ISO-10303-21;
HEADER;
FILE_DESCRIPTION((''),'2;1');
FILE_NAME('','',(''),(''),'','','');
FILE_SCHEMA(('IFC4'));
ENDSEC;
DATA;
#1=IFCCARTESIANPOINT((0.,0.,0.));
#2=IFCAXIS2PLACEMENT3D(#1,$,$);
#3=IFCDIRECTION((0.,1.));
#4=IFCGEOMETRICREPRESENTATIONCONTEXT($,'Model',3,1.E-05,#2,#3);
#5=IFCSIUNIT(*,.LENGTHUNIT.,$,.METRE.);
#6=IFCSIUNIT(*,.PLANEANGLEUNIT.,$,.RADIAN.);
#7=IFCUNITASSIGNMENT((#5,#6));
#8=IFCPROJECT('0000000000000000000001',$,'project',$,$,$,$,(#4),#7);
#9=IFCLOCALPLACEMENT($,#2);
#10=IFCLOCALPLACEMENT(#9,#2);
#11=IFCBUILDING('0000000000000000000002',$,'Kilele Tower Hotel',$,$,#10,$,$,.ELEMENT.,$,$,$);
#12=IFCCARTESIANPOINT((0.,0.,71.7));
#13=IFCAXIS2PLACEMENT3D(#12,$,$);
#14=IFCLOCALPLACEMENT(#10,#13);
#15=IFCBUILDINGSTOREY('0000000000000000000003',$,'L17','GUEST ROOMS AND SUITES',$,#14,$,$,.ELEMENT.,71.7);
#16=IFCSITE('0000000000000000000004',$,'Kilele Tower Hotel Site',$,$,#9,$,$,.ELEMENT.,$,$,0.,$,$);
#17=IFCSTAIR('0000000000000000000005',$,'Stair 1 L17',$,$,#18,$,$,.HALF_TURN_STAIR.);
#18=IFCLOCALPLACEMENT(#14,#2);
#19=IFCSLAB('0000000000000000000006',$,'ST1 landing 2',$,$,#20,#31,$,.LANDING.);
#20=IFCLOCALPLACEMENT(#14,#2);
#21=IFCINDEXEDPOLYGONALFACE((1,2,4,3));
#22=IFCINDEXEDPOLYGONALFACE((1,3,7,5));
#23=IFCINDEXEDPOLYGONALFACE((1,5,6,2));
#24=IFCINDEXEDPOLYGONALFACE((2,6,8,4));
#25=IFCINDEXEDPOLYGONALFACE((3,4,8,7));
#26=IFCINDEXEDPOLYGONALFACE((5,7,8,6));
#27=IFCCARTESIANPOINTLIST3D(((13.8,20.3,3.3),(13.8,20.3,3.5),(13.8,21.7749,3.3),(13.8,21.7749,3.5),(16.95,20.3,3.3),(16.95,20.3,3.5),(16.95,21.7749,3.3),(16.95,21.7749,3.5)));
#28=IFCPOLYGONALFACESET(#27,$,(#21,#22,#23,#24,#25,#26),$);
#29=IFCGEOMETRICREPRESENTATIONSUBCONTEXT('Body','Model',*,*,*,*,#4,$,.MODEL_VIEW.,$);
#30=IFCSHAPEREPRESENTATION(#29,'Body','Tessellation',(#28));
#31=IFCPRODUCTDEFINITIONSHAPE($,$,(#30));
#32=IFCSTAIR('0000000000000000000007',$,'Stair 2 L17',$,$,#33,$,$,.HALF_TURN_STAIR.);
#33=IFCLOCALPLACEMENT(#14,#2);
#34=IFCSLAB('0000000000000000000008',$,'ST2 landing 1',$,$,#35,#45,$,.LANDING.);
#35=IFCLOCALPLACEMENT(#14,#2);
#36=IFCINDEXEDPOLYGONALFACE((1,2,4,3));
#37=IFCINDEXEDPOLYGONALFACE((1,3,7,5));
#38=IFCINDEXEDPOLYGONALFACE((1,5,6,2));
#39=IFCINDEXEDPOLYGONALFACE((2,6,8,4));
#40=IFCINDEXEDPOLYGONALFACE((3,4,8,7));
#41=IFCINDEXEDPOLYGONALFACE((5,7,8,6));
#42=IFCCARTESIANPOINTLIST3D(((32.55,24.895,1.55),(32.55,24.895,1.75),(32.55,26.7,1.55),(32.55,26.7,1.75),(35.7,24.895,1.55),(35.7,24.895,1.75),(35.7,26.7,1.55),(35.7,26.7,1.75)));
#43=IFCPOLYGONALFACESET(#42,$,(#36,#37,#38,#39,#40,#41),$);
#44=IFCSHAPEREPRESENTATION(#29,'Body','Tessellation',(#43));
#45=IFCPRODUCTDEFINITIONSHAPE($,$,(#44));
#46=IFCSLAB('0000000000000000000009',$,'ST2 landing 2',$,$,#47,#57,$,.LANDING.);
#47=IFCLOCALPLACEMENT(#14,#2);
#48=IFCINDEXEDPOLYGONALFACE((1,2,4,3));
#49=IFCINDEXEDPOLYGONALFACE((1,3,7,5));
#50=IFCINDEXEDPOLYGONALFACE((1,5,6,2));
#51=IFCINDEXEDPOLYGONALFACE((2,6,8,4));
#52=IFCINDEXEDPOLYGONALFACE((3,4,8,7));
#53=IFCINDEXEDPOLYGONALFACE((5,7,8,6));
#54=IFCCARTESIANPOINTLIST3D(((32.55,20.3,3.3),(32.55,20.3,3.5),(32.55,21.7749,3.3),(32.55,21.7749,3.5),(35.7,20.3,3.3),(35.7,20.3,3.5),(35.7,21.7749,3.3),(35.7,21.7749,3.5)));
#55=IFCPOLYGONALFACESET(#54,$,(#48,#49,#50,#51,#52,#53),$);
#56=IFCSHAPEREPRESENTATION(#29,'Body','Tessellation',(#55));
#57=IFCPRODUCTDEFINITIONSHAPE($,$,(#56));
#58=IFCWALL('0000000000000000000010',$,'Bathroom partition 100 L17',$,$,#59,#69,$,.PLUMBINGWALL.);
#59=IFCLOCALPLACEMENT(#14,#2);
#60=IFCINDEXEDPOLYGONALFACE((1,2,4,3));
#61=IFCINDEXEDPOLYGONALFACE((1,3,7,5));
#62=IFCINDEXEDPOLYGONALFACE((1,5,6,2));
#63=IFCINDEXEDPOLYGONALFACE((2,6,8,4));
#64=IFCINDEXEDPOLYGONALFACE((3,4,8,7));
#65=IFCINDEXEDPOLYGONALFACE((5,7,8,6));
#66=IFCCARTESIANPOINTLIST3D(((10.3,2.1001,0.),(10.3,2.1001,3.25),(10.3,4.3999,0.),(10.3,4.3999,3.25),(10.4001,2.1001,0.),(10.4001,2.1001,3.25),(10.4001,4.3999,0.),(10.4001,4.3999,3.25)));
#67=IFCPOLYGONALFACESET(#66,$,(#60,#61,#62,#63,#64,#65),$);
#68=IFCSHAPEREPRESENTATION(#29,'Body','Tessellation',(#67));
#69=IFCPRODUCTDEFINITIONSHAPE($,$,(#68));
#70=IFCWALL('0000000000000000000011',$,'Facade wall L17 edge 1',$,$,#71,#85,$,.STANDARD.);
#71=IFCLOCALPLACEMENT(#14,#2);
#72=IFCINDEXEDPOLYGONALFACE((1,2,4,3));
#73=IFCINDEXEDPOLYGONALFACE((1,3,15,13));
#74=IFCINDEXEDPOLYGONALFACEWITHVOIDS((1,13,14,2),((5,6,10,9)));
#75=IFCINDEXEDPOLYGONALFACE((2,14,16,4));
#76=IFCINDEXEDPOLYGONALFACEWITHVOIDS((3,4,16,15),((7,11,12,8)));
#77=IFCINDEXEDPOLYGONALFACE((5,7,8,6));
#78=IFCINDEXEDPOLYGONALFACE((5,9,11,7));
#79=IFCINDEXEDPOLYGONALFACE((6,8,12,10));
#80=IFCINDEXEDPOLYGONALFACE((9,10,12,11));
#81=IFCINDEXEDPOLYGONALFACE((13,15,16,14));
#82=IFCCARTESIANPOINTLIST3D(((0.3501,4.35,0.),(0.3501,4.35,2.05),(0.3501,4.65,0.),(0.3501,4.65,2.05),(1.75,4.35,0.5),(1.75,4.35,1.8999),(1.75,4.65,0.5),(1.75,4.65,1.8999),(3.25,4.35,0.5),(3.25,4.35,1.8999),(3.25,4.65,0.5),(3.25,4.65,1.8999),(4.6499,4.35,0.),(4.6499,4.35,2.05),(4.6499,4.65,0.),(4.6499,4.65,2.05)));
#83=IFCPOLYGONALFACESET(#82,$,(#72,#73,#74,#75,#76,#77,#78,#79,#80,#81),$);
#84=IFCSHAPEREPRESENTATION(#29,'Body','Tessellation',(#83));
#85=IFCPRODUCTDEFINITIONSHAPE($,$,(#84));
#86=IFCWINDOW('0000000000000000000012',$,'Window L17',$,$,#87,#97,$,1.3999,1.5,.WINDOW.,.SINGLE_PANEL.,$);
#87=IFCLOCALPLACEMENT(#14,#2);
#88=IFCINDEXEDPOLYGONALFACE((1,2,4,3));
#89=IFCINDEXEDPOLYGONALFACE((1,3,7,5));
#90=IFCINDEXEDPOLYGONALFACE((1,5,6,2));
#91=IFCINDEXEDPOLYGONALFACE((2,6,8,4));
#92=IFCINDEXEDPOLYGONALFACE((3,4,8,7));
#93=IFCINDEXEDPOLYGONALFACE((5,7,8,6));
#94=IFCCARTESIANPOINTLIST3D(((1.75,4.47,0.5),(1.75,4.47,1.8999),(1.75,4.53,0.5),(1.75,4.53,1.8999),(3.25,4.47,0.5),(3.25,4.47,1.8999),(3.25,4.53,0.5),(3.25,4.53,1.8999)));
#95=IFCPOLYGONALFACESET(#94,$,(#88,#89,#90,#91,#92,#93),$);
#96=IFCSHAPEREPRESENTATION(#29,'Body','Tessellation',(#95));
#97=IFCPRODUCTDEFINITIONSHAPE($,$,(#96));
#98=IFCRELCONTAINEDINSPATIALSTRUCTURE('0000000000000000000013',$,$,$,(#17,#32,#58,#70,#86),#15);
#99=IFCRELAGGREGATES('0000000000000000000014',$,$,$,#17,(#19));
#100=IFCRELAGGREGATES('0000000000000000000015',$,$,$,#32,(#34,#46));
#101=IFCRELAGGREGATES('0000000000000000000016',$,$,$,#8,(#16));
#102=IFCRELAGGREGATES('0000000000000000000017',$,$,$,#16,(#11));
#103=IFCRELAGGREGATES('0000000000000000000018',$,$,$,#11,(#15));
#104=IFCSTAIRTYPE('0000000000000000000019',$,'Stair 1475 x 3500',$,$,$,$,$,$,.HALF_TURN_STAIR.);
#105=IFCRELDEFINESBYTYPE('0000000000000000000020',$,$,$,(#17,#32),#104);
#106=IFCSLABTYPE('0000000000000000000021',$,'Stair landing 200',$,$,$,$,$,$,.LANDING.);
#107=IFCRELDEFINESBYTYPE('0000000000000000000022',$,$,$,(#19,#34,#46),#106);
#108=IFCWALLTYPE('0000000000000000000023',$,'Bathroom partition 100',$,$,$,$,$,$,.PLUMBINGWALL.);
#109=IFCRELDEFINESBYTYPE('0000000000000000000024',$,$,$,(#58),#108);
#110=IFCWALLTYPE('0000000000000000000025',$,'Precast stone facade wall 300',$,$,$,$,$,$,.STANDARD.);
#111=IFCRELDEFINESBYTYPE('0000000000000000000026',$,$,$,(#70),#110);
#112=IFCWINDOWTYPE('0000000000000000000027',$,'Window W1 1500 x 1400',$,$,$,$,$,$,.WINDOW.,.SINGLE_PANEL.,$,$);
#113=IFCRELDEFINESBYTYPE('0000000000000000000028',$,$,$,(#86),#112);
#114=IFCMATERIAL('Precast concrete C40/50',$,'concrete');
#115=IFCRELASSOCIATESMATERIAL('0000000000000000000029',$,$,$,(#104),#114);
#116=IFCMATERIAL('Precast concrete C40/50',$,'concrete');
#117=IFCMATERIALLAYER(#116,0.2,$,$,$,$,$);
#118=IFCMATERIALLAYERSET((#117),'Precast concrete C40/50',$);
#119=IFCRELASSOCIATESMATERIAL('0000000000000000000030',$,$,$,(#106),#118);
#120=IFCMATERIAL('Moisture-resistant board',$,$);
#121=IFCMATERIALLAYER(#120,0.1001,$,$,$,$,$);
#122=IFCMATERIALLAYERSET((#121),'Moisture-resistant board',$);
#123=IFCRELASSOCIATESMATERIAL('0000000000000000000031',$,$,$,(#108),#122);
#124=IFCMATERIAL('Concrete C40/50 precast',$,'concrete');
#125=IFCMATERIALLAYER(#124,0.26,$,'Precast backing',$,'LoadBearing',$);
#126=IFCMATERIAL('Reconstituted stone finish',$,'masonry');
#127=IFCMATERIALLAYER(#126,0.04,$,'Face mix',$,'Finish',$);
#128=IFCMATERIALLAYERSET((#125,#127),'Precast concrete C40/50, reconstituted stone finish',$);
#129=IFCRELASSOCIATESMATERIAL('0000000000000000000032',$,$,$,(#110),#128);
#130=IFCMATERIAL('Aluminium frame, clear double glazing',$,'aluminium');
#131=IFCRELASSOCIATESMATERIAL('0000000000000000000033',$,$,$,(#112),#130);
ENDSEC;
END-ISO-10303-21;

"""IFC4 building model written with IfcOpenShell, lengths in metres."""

from ifc_helpers import new_model, si_unit, direction, frame, frame_2d, origin, place, context, subcontext, project, spatial, polyline, rectangle, outline, extrude, material, layer, layer_set, type_object, element, fill, aggregate, save


model = new_model("IFC4")

# Units and contexts
model_context = context("Model", 3, precision=1e-05, world=origin(), true_north=direction((0.0, 1.0)))
body_context = subcontext(model_context, "Body", "Model", "MODEL_VIEW")
ifc_project = project(units=[si_unit("LENGTHUNIT", "METRE"), si_unit("PLANEANGLEUNIT", "RADIAN")], contexts=[model_context])

# Site, building, storey
site_placement = place(None, origin())
site = spatial("IfcSite", under=ifc_project, at=site_placement, Name="Kilele Tower Hotel Site", CompositionType="ELEMENT", RefElevation=0.0)
building_placement = place(site_placement, origin())
building = spatial("IfcBuilding", under=site, at=building_placement, Name="Kilele Tower Hotel", CompositionType="ELEMENT")
storey_placement = place(building_placement, frame((0.0, 0.0, 71.7)))
storey = spatial("IfcBuildingStorey", under=building, at=storey_placement, Name="L17", Description="GUEST ROOMS AND SUITES", CompositionType="ELEMENT", Elevation=71.7)

# Stairs, slabs
ifc_material_1 = material(Name="Precast concrete C40/50", Category="concrete")
stair_type = type_object("IfcStairType", Name="Stair 1475 x 3500", PredefinedType="HALF_TURN_STAIR", material=ifc_material_1)
stair_1_placement = place(storey_placement, origin())
stair_1 = element("IfcStair", 1, at=stair_1_placement, inside=storey, type_object=stair_type, Name="Stair 1 L17", PredefinedType="HALF_TURN_STAIR")
ifc_material_2 = material(Name="Precast concrete C40/50", Category="concrete")
ifc_layer_1 = layer(ifc_material_2, 0.2)
ifc_layer_set_1 = layer_set([ifc_layer_1], Name="Precast concrete C40/50")
slab_type_1 = type_object("IfcSlabType", Name="Stair landing 200", PredefinedType="LANDING", material=ifc_layer_set_1)
slab_1_placement = place(storey_placement, frame((0.0, 0.0, 3.3)))
slab_1 = element("IfcSlab", 2, at=slab_1_placement, type_object=slab_type_1, Name="ST1 landing 2", PredefinedType="LANDING", context=body_context, shape_type="SweptSolid", body=[
    extrude(outline(polyline([(13.8, 20.3), (16.95, 20.3), (16.95, 21.7749), (13.8, 21.7749), (13.8, 20.3)])), origin(), (0.0, 0.0, 1.0), 0.2),
])
aggregate(stair_1, [slab_1])
stair_2_placement = place(storey_placement, origin())
stair_2 = element("IfcStair", 3, at=stair_2_placement, inside=storey, type_object=stair_type, Name="Stair 2 L17", PredefinedType="HALF_TURN_STAIR")
slab_2_placement = place(storey_placement, frame((0.0, 0.0, 1.55)))
slab_2 = element("IfcSlab", 4, at=slab_2_placement, type_object=slab_type_1, Name="ST2 landing 1", PredefinedType="LANDING", context=body_context, shape_type="SweptSolid", body=[
    extrude(outline(polyline([(32.55, 24.895), (35.7, 24.895), (35.7, 26.7), (32.55, 26.7), (32.55, 24.895)])), origin(), (0.0, 0.0, 1.0), 0.2),
])
slab_3_placement = place(storey_placement, frame((0.0, 0.0, 3.3)))
slab_3 = element("IfcSlab", 5, at=slab_3_placement, type_object=slab_type_1, Name="ST2 landing 2", PredefinedType="LANDING", context=body_context, shape_type="SweptSolid", body=[
    extrude(outline(polyline([(32.55, 20.3), (35.7, 20.3), (35.7, 21.7749), (32.55, 21.7749), (32.55, 20.3)])), origin(), (0.0, 0.0, 1.0), 0.2),
])
aggregate(stair_2, [slab_2, slab_3])

# Wall
ifc_material_3 = material(Name="Moisture-resistant board")
ifc_layer_2 = layer(ifc_material_3, 0.1001)
ifc_layer_set_2 = layer_set([ifc_layer_2], Name="Moisture-resistant board")
wall_type_1 = type_object("IfcWallType", Name="Bathroom partition 100", PredefinedType="PLUMBINGWALL", material=ifc_layer_set_2)
wall_1_placement = place(storey_placement, frame((10.3501, 4.3999, 0.0), z_axis=(0.0, 0.0, 1.0), x_axis=(0.0, -1.0, 0.0)))
element("IfcWall", 6, at=wall_1_placement, inside=storey, type_object=wall_type_1, Name="Bathroom partition 100 L17", PredefinedType="PLUMBINGWALL", context=body_context, shape_type="SweptSolid", body=[
    extrude(rectangle(XDim=2.2998, YDim=0.1001, at=frame_2d((1.1499, 0.0))), origin(), (0.0, 0.0, 1.0), 3.25),
])

# Wall, opening, window
ifc_material_4 = material(Name="Concrete C40/50 precast", Category="concrete")
ifc_layer_3 = layer(ifc_material_4, 0.26, Name="Precast backing", Category="LoadBearing")
ifc_material_5 = material(Name="Reconstituted stone finish", Category="masonry")
ifc_layer_4 = layer(ifc_material_5, 0.04, Name="Face mix", Category="Finish")
ifc_layer_set_3 = layer_set([ifc_layer_3, ifc_layer_4], Name="Precast concrete C40/50, reconstituted stone finish")
wall_type_2 = type_object("IfcWallType", Name="Precast stone facade wall 300", PredefinedType="STANDARD", material=ifc_layer_set_3)
wall_2_placement = place(storey_placement, frame((0.3501, 4.5, 0.0), z_axis=(0.0, 0.0, 1.0), x_axis=(1.0, 0.0, 0.0)))
wall_2 = element("IfcWall", 7, at=wall_2_placement, inside=storey, type_object=wall_type_2, Name="Facade wall L17 edge 1", PredefinedType="STANDARD", context=body_context, shape_type="SweptSolid", body=[
    extrude(rectangle(XDim=4.2998, YDim=0.3, at=frame_2d((2.1499, 0.0))), origin(), (0.0, 0.0, 1.0), 2.05),
])
opening_1_placement = place(wall_2_placement, frame((1.3999, 0.0, 0.5)))
opening_1 = element("IfcOpeningElement", 8, at=opening_1_placement, cuts=wall_2, PredefinedType="OPENING", context=body_context, shape_type="SweptSolid", body=[
    extrude(rectangle(XDim=1.5, YDim=1.3999, at=frame_2d((0.75, 0.7))), frame((0.0, 0.1599, 0.0), z_axis=(0.0, -1.0, 0.0), x_axis=(1.0, 0.0, 0.0)), (0.0, 0.0, 1.0), 0.3201),
])
ifc_material_6 = material(Name="Aluminium frame, clear double glazing", Category="aluminium")
window_type = type_object("IfcWindowType", Name="Window W1 1500 x 1400", PartitioningType="SINGLE_PANEL", PredefinedType="WINDOW", material=ifc_material_6)
window_1_placement = place(opening_1_placement, origin())
window_1 = element("IfcWindow", 9, at=window_1_placement, inside=storey, type_object=window_type, Name="Window L17", OverallHeight=1.3999, OverallWidth=1.5, PartitioningType="SINGLE_PANEL", PredefinedType="WINDOW", context=body_context, shape_type="SweptSolid", body=[
    extrude(rectangle(XDim=1.5, YDim=1.3999, at=frame_2d((0.75, 0.7))), frame((0.0, 0.03, 0.0), z_axis=(0.0, -1.0, 0.0), x_axis=(1.0, 0.0, 0.0)), (0.0, 0.0, 1.0), 0.0601),
])
fill(opening_1, window_1)

save(model, "model.ifc")
